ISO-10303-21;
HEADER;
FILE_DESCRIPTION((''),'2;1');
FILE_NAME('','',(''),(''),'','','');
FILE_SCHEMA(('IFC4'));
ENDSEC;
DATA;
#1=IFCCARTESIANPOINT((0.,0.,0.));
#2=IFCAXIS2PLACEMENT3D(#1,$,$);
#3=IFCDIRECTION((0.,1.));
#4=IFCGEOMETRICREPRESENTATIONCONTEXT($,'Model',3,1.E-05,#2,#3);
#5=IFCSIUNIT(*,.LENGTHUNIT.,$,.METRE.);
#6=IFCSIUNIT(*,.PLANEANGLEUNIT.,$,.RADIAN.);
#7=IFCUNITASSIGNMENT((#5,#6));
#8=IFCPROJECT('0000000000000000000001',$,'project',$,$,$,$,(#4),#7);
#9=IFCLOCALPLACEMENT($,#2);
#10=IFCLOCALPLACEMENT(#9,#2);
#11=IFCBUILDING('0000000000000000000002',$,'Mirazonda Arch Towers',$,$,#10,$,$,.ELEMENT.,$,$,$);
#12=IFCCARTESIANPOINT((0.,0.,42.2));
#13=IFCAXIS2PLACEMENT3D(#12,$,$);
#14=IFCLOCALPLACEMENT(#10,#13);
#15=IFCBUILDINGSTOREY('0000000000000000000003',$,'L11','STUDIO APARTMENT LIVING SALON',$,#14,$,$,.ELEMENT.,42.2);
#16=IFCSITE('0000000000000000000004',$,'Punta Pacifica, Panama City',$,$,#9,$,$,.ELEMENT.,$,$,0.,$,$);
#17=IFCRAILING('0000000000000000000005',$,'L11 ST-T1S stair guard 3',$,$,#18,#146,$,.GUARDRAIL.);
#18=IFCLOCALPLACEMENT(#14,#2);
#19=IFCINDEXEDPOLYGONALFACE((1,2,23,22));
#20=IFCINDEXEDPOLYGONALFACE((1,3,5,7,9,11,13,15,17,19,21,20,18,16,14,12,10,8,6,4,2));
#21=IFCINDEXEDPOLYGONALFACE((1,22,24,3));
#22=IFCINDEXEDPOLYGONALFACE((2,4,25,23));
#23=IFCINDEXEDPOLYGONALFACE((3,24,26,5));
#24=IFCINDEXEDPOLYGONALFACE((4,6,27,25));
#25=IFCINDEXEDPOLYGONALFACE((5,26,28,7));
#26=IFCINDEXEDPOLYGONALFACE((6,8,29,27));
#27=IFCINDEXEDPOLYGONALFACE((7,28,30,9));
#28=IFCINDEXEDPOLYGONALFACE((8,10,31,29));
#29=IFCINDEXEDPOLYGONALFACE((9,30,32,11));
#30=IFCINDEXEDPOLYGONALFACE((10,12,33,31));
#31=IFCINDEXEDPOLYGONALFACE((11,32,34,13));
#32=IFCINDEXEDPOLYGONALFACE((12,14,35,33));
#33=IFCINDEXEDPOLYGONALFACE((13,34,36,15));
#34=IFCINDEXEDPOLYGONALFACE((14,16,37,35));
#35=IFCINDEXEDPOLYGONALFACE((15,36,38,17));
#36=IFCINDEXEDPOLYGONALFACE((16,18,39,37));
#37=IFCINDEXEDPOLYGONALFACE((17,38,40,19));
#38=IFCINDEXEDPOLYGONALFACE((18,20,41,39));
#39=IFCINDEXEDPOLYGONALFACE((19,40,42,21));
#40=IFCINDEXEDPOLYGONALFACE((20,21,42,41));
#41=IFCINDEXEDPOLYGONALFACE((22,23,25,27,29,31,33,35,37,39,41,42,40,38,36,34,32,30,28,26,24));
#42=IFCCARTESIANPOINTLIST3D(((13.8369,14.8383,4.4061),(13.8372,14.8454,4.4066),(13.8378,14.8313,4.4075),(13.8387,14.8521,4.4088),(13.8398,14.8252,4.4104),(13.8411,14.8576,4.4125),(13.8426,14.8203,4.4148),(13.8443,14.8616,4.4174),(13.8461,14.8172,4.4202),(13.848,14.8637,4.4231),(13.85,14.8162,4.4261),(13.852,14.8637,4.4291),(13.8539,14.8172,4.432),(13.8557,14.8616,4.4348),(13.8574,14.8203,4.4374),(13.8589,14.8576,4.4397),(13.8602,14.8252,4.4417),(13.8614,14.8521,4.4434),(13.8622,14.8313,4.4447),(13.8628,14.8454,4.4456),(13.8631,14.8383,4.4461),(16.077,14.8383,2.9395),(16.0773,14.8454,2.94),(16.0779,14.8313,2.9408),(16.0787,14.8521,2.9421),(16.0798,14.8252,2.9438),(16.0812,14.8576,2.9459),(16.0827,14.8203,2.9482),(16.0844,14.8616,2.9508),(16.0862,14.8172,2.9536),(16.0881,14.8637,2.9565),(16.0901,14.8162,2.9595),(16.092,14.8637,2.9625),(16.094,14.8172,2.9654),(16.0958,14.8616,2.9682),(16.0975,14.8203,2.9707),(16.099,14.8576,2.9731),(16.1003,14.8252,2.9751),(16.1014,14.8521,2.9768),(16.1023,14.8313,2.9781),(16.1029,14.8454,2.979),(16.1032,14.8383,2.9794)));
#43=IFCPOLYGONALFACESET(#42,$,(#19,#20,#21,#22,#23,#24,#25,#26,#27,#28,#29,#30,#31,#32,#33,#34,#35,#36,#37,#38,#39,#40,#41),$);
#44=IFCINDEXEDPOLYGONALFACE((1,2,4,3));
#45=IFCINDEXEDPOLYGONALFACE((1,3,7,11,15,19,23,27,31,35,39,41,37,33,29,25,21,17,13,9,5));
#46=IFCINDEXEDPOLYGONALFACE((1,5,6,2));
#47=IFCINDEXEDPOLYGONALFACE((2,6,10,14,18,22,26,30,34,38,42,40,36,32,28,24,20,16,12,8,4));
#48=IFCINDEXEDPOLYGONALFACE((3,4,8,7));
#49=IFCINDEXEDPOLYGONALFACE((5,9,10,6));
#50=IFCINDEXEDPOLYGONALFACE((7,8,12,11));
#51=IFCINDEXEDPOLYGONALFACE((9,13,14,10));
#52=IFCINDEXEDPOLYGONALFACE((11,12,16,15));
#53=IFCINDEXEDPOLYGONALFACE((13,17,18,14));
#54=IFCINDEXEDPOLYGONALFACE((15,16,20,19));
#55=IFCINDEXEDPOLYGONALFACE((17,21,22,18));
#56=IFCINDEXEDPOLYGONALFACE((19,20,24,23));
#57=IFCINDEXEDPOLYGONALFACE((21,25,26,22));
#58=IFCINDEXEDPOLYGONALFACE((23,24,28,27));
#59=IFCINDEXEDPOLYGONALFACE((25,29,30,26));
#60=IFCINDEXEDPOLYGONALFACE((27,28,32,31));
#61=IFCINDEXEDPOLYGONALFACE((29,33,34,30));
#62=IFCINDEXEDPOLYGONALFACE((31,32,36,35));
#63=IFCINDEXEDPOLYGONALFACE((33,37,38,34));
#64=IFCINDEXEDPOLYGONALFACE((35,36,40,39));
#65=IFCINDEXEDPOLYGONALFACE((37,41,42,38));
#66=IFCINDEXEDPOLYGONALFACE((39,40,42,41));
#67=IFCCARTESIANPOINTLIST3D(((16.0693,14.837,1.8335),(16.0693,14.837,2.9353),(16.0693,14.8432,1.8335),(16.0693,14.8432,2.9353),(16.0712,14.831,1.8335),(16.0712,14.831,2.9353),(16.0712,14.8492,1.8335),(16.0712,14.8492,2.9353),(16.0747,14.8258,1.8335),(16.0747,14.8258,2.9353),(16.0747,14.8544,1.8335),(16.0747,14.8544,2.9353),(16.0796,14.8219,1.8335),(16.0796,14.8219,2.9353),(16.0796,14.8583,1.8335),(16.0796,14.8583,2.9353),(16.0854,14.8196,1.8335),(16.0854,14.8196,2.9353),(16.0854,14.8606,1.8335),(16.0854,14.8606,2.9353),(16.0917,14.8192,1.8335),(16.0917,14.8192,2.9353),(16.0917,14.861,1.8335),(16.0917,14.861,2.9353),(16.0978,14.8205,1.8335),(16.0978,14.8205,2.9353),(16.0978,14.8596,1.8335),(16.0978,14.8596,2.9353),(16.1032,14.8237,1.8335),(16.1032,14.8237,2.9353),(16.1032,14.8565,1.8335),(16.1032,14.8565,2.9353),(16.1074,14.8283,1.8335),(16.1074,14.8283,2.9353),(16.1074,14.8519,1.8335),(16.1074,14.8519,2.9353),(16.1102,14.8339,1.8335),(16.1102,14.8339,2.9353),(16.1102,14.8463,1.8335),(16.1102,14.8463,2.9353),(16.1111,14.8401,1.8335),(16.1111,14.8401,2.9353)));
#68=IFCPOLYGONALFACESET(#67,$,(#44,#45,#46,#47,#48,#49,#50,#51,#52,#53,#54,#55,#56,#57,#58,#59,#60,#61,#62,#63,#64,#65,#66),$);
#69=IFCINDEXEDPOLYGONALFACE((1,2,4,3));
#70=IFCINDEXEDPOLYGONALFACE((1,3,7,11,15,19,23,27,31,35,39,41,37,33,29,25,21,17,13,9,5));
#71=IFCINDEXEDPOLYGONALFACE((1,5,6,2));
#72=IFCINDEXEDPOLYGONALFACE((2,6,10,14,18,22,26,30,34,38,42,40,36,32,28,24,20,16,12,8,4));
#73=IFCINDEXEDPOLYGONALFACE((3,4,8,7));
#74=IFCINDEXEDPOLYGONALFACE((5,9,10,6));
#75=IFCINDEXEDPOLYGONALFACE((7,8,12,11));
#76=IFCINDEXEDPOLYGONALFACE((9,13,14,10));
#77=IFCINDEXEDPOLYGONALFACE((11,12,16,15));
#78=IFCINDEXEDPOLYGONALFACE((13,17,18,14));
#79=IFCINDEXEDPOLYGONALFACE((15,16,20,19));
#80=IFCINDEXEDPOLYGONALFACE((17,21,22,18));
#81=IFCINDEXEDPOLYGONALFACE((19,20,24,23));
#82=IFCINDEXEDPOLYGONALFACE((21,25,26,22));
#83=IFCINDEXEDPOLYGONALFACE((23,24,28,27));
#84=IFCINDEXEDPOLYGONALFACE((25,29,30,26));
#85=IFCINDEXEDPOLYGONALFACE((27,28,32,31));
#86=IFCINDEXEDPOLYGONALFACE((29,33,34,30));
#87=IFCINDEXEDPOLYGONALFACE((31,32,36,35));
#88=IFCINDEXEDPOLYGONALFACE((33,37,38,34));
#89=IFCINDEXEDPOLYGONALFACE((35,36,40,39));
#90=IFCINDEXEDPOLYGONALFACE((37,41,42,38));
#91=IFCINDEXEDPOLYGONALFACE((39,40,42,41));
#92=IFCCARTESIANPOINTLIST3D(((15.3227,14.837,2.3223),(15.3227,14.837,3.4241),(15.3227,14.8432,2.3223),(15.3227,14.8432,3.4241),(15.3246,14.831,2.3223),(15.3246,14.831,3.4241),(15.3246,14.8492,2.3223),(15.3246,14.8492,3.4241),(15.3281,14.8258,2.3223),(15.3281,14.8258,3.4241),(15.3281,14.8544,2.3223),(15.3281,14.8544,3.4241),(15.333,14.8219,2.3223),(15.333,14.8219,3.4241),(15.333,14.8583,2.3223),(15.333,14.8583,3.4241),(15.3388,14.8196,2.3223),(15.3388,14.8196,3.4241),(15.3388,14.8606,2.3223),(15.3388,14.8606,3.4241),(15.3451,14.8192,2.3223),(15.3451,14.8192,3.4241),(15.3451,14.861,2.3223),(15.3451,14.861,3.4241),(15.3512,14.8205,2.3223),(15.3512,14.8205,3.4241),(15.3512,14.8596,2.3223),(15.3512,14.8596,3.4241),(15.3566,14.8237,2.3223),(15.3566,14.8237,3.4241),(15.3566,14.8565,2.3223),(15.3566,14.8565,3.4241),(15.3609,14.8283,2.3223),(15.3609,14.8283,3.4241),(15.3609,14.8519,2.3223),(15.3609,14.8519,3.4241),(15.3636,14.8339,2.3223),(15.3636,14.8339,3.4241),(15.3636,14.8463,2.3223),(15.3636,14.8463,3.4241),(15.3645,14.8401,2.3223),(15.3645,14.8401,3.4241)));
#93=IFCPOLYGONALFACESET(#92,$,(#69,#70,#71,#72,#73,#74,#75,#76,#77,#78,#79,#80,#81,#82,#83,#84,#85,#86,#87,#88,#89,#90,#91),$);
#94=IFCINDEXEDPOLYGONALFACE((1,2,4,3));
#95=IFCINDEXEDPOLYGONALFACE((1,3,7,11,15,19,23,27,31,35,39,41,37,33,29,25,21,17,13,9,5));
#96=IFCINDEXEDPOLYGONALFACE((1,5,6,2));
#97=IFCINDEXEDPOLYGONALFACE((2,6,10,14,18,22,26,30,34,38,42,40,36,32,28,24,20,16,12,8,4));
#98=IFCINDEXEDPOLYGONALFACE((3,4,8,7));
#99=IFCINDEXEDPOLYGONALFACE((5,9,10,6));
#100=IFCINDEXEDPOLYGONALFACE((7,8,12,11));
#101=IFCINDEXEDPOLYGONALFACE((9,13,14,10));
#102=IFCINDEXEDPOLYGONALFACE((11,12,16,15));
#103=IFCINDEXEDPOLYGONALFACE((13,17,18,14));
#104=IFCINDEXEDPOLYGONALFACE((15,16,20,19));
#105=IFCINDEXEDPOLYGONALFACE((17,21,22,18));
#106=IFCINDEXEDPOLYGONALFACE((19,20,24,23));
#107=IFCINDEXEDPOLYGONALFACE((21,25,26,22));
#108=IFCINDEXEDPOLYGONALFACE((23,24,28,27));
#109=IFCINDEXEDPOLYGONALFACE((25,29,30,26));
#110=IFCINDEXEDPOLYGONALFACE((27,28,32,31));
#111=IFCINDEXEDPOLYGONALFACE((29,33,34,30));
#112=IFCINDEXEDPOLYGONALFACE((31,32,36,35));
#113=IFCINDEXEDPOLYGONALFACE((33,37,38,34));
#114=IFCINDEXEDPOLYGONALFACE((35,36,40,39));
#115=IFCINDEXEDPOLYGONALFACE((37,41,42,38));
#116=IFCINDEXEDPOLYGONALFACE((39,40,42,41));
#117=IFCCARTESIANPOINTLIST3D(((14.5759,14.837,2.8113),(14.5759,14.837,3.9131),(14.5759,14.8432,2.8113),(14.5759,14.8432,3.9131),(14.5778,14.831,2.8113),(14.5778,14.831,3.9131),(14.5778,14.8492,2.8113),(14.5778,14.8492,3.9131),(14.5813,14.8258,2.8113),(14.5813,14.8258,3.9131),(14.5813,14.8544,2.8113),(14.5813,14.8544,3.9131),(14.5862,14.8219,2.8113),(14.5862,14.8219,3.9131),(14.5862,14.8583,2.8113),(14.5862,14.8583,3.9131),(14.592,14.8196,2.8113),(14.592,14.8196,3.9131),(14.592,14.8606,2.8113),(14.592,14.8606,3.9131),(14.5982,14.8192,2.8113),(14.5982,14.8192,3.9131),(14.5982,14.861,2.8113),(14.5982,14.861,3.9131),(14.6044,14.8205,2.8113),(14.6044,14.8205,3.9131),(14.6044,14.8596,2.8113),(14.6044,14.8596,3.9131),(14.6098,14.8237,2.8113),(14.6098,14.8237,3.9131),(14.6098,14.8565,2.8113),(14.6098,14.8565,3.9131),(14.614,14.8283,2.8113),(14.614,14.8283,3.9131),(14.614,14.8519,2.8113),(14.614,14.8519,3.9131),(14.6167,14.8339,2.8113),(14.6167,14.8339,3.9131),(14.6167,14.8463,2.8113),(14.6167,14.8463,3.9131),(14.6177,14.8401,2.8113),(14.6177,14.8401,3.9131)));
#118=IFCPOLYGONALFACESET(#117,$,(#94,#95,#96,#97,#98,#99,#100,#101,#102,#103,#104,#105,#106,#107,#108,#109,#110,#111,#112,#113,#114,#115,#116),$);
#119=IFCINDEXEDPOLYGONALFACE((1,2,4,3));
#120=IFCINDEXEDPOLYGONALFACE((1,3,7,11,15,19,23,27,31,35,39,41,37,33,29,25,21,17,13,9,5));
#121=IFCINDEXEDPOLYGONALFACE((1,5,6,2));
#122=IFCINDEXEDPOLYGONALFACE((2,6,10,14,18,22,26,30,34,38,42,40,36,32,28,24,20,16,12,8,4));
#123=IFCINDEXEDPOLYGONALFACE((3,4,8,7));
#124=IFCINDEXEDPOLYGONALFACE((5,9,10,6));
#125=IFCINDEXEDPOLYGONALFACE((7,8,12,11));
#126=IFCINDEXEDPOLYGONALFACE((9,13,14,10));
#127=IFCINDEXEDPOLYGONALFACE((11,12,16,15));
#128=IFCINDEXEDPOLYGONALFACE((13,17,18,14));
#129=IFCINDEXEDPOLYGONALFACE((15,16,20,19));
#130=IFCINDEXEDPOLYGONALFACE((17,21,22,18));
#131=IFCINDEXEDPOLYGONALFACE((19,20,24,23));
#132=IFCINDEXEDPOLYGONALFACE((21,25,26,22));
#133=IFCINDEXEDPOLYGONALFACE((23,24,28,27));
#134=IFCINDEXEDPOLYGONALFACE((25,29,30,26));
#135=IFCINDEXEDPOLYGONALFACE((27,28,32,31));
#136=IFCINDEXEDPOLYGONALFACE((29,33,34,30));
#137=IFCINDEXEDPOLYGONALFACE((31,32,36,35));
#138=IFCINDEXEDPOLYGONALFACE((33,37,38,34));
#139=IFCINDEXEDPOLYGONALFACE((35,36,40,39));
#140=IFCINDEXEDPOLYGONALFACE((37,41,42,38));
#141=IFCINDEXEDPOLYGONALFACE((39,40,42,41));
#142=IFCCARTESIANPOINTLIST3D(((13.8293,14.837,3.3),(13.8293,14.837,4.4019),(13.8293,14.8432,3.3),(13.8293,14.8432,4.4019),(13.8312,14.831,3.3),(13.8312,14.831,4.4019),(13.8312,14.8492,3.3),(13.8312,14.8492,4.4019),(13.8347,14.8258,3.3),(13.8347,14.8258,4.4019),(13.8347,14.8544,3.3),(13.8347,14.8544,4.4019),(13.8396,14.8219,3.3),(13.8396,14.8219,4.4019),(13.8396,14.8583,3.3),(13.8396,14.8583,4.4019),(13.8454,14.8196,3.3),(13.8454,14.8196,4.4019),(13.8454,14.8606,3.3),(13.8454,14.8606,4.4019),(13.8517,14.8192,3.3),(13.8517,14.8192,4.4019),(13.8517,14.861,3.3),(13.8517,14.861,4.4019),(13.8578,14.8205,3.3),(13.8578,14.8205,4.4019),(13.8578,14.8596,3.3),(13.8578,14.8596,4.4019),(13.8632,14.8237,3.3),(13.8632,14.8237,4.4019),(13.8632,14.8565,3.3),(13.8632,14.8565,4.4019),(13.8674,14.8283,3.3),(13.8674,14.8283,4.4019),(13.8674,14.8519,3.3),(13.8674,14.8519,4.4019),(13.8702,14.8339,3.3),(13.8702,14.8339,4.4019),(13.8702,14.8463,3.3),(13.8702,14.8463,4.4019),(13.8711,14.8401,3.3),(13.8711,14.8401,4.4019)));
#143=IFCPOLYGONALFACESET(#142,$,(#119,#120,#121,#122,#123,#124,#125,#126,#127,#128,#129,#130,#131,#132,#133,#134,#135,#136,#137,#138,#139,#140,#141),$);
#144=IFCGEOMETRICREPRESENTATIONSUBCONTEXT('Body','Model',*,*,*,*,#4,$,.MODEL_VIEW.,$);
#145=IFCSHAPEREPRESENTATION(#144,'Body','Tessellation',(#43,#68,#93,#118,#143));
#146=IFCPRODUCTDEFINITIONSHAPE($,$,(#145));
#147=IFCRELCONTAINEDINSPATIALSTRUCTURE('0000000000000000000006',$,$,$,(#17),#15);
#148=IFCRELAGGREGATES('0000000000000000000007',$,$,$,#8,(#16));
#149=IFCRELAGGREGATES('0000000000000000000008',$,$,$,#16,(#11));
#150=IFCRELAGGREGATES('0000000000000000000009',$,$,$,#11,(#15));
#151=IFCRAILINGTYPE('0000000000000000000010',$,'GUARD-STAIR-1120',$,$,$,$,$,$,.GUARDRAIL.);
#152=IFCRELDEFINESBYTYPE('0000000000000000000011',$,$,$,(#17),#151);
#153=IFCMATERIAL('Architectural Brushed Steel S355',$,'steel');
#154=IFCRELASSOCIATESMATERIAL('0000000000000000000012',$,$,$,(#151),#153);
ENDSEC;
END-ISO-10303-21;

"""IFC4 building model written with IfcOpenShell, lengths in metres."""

from ifc_helpers import new_model, si_unit, direction, frame, origin, origin_2d, place, context, subcontext, project, spatial, circle, extrude, material, type_object, element, save


model = new_model("IFC4")

# Units and contexts
model_context = context("Model", 3, precision=1e-05, world=origin(), true_north=direction((0.0, 1.0)))
body_context = subcontext(model_context, "Body", "Model", "MODEL_VIEW")
ifc_project = project(units=[si_unit("LENGTHUNIT", "METRE"), si_unit("PLANEANGLEUNIT", "RADIAN")], contexts=[model_context])

# Site, building, storey
site_placement = place(None, origin())
site = spatial("IfcSite", under=ifc_project, at=site_placement, Name="Punta Pacifica, Panama City", CompositionType="ELEMENT", RefElevation=0.0)
building_placement = place(site_placement, origin())
building = spatial("IfcBuilding", under=site, at=building_placement, Name="Mirazonda Arch Towers", CompositionType="ELEMENT")
storey_placement = place(building_placement, frame((0.0, 0.0, 42.2)))
storey = spatial("IfcBuildingStorey", under=building, at=storey_placement, Name="L11", Description="STUDIO APARTMENT LIVING SALON", CompositionType="ELEMENT", Elevation=42.2)

# Railing
ifc_material_1 = material(Name="Architectural Brushed Steel S355", Category="steel")
railing_type_1 = type_object("IfcRailingType", Name="GUARD-STAIR-1120", PredefinedType="GUARDRAIL", material=ifc_material_1)
railing_1_placement = place(storey_placement, frame((16.0901, 14.8401, 1.8335)))
element("IfcRailing", 1, at=railing_1_placement, inside=storey, type_object=railing_type_1, Name="L11 ST-T1S stair guard 3", PredefinedType="GUARDRAIL", context=body_context, shape_type="SweptSolid", body=[
    extrude(circle(Radius=0.0239, at=origin_2d()), frame((0.0, 0.0, 1.126), z_axis=(-0.836637, 0.0, 0.547758), x_axis=(0.0, -1.0, 0.0)), (0.0, 0.0, 1.0), 2.6775),
    extrude(circle(Radius=0.021, at=origin_2d()), origin(), (0.0, 0.0, 1.0), 1.1018),
    extrude(circle(Radius=0.021, at=origin_2d()), frame((-0.7466, 0.0, 0.4888)), (0.0, 0.0, 1.0), 1.1018),
    extrude(circle(Radius=0.021, at=origin_2d()), frame((-1.4934, 0.0, 0.9778)), (0.0, 0.0, 1.0), 1.1018),
    extrude(circle(Radius=0.021, at=origin_2d()), frame((-2.24, 0.0, 1.4666)), (0.0, 0.0, 1.0), 1.1018),
])

save(model, "model.ifc")
